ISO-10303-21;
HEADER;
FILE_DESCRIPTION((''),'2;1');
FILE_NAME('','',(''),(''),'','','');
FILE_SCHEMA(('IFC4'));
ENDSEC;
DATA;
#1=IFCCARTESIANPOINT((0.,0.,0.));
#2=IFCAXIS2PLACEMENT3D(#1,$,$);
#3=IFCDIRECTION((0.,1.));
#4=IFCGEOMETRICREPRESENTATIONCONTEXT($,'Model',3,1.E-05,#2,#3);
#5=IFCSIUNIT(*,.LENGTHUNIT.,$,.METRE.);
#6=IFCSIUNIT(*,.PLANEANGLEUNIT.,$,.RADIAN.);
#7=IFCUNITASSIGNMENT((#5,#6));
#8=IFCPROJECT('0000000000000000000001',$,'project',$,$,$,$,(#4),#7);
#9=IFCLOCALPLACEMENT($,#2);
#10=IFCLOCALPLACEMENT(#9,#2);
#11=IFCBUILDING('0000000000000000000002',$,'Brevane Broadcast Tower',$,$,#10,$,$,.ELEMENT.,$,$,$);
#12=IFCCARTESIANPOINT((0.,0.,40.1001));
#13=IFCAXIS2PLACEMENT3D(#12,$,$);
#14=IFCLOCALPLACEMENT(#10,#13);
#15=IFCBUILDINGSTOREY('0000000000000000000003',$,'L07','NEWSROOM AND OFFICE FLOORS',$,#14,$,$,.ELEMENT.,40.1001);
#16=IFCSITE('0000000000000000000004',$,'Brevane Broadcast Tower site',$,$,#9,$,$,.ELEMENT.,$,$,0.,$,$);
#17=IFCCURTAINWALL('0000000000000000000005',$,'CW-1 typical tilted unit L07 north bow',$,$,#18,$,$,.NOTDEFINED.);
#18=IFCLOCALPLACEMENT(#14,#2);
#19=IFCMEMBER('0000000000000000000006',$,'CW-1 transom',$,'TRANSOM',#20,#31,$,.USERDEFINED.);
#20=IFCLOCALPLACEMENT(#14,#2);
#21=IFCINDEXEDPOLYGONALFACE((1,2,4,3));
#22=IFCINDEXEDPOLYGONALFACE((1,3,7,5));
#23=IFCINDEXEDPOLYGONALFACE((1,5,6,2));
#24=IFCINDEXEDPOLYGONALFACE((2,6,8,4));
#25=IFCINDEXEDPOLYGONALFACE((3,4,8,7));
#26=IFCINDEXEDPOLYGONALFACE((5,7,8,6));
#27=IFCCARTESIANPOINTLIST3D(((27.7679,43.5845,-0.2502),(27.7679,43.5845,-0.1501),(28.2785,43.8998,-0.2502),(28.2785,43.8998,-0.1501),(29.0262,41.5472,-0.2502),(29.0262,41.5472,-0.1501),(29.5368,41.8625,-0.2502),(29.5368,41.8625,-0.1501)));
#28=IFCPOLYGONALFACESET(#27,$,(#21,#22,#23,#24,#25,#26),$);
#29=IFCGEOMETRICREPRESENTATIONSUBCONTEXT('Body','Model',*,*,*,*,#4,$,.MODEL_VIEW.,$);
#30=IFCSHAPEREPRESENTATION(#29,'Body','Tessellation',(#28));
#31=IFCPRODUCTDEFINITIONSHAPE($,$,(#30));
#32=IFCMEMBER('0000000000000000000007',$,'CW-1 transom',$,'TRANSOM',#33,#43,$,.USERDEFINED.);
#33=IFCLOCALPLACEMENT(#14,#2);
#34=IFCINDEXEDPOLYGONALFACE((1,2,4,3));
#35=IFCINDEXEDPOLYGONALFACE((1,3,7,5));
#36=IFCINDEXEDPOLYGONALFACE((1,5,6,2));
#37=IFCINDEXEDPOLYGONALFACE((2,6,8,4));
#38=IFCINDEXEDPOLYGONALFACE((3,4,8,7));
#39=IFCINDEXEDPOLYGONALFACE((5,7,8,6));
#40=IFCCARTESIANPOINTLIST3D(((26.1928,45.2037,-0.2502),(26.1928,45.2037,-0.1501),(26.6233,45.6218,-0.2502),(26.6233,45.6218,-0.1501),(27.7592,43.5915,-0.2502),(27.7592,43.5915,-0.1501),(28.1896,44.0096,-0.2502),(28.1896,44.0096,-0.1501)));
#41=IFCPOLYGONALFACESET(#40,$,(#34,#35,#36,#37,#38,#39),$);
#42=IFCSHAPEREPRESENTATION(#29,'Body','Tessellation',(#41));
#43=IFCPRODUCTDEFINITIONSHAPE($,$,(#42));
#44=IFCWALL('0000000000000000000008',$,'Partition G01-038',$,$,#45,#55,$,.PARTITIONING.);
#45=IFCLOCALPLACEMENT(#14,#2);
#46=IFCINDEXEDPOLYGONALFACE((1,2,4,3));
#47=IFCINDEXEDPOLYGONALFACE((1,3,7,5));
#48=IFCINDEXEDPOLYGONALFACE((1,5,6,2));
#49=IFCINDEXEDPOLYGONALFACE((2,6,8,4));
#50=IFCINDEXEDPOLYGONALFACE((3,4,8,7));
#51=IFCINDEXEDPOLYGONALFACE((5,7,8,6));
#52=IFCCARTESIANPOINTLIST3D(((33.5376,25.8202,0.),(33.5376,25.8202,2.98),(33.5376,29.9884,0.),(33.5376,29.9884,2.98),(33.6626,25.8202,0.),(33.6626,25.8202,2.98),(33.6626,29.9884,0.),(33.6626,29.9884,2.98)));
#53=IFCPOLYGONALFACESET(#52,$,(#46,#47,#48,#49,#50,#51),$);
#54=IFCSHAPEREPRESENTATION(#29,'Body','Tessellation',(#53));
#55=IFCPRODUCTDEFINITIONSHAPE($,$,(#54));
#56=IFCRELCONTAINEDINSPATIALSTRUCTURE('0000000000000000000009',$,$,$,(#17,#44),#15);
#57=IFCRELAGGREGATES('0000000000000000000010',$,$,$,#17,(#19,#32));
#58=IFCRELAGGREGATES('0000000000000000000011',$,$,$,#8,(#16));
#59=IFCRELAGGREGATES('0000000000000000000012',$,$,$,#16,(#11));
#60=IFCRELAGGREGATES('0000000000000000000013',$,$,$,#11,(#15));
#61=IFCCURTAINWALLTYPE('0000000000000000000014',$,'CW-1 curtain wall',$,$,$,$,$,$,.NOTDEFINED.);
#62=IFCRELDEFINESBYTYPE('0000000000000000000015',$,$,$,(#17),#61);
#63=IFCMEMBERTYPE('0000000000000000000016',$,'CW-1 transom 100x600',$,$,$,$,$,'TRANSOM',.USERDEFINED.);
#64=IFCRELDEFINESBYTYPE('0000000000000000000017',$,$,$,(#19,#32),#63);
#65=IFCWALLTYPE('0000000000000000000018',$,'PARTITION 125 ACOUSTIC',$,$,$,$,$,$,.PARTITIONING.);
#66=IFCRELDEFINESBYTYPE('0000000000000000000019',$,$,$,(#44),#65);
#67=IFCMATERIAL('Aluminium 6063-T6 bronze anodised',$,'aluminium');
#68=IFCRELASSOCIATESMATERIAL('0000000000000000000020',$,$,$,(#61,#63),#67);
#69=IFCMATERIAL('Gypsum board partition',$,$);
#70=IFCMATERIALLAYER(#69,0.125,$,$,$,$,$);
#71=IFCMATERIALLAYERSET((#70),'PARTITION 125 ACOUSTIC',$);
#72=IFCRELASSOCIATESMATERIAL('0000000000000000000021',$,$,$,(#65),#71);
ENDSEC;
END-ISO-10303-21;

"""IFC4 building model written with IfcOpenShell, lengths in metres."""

from ifc_helpers import new_model, si_unit, direction, frame, frame_2d, origin, origin_2d, place, context, subcontext, project, spatial, rectangle, extrude, material, layer, layer_set, material_profile, profile_set, type_object, element, aggregate, save


model = new_model("IFC4")

# Units and contexts
model_context = context("Model", 3, precision=1e-05, world=origin(), true_north=direction((0.0, 1.0)))
body_context = subcontext(model_context, "Body", "Model", "MODEL_VIEW")
ifc_project = project(units=[si_unit("LENGTHUNIT", "METRE"), si_unit("PLANEANGLEUNIT", "RADIAN")], contexts=[model_context])

# Site, building, storey
site_placement = place(None, origin())
site = spatial("IfcSite", under=ifc_project, at=site_placement, Name="Brevane Broadcast Tower site", CompositionType="ELEMENT", RefElevation=0.0)
building_placement = place(site_placement, origin())
building = spatial("IfcBuilding", under=site, at=building_placement, Name="Brevane Broadcast Tower", CompositionType="ELEMENT")
storey_placement = place(building_placement, frame((0.0, 0.0, 40.1001)))
storey = spatial("IfcBuildingStorey", under=building, at=storey_placement, Name="L07", Description="NEWSROOM AND OFFICE FLOORS", CompositionType="ELEMENT", Elevation=40.1001)

# Curtain wall
ifc_material_1 = material(Name="Aluminium 6063-T6 bronze anodised", Category="aluminium")
curtain_wall_type = type_object("IfcCurtainWallType", Name="CW-1 curtain wall", PredefinedType="NOTDEFINED", material=ifc_material_1)
curtain_wall_1_placement = place(storey_placement, origin())
curtain_wall_1 = element("IfcCurtainWall", 1, at=curtain_wall_1_placement, inside=storey, type_object=curtain_wall_type, Name="CW-1 typical tilted unit L07 north bow", PredefinedType="NOTDEFINED")

# Members
ifc_material_profile_1 = material_profile(ifc_material_1, rectangle(XDim=0.6001, YDim=0.1001, at=origin_2d()), Name="RECT 100x600")
ifc_profile_set_1 = profile_set([ifc_material_profile_1], Name="Aluminium 6063-T6 bronze anodised")
member_type_1 = type_object("IfcMemberType", Name="CW-1 transom 100x600", ElementType="TRANSOM", PredefinedType="USERDEFINED", material=ifc_profile_set_1)
member_1_placement = place(storey_placement, frame((29.2815, 41.7048, -0.2002), z_axis=(-0.525473, 0.85081, 0.0), x_axis=(-0.85081, -0.525473, 0.0)))
member_1 = element("IfcMember", 2, at=member_1_placement, type_object=member_type_1, Name="CW-1 transom", ObjectType="TRANSOM", PredefinedType="USERDEFINED", context=body_context, shape_type="SweptSolid", body=[
    extrude(rectangle(XDim=0.6001, YDim=0.1001, at=origin_2d()), origin(), (0.0, 0.0, 1.0), 2.3945),
])
member_2_placement = place(storey_placement, frame((27.9744, 43.8005, -0.2002), z_axis=(-0.696824, 0.717242, 0.0), x_axis=(-0.717242, -0.696824, 0.0)))
member_2 = element("IfcMember", 3, at=member_2_placement, type_object=member_type_1, Name="CW-1 transom", ObjectType="TRANSOM", PredefinedType="USERDEFINED", context=body_context, shape_type="SweptSolid", body=[
    extrude(rectangle(XDim=0.6001, YDim=0.1001, at=origin_2d()), origin(), (0.0, 0.0, 1.0), 2.2478),
])
aggregate(curtain_wall_1, [member_1, member_2])

# Wall
ifc_material_2 = material(Name="Gypsum board partition")
ifc_layer = layer(ifc_material_2, 0.125)
ifc_layer_set = layer_set([ifc_layer], Name="PARTITION 125 ACOUSTIC")
wall_type = type_object("IfcWallType", Name="PARTITION 125 ACOUSTIC", PredefinedType="PARTITIONING", material=ifc_layer_set)
wall_placement = place(storey_placement, frame((33.6001, 29.9883, 0.0), z_axis=(0.0, 0.0, 1.0), x_axis=(0.0, -1.0, 0.0)))
element("IfcWall", 4, at=wall_placement, inside=storey, type_object=wall_type, Name="Partition G01-038", PredefinedType="PARTITIONING", context=body_context, shape_type="SweptSolid", body=[
    extrude(rectangle(XDim=4.1682, YDim=0.125, at=frame_2d((2.084, 0.0))), origin(), (0.0, 0.0, 1.0), 2.98),
])

save(model, "model.ifc")
